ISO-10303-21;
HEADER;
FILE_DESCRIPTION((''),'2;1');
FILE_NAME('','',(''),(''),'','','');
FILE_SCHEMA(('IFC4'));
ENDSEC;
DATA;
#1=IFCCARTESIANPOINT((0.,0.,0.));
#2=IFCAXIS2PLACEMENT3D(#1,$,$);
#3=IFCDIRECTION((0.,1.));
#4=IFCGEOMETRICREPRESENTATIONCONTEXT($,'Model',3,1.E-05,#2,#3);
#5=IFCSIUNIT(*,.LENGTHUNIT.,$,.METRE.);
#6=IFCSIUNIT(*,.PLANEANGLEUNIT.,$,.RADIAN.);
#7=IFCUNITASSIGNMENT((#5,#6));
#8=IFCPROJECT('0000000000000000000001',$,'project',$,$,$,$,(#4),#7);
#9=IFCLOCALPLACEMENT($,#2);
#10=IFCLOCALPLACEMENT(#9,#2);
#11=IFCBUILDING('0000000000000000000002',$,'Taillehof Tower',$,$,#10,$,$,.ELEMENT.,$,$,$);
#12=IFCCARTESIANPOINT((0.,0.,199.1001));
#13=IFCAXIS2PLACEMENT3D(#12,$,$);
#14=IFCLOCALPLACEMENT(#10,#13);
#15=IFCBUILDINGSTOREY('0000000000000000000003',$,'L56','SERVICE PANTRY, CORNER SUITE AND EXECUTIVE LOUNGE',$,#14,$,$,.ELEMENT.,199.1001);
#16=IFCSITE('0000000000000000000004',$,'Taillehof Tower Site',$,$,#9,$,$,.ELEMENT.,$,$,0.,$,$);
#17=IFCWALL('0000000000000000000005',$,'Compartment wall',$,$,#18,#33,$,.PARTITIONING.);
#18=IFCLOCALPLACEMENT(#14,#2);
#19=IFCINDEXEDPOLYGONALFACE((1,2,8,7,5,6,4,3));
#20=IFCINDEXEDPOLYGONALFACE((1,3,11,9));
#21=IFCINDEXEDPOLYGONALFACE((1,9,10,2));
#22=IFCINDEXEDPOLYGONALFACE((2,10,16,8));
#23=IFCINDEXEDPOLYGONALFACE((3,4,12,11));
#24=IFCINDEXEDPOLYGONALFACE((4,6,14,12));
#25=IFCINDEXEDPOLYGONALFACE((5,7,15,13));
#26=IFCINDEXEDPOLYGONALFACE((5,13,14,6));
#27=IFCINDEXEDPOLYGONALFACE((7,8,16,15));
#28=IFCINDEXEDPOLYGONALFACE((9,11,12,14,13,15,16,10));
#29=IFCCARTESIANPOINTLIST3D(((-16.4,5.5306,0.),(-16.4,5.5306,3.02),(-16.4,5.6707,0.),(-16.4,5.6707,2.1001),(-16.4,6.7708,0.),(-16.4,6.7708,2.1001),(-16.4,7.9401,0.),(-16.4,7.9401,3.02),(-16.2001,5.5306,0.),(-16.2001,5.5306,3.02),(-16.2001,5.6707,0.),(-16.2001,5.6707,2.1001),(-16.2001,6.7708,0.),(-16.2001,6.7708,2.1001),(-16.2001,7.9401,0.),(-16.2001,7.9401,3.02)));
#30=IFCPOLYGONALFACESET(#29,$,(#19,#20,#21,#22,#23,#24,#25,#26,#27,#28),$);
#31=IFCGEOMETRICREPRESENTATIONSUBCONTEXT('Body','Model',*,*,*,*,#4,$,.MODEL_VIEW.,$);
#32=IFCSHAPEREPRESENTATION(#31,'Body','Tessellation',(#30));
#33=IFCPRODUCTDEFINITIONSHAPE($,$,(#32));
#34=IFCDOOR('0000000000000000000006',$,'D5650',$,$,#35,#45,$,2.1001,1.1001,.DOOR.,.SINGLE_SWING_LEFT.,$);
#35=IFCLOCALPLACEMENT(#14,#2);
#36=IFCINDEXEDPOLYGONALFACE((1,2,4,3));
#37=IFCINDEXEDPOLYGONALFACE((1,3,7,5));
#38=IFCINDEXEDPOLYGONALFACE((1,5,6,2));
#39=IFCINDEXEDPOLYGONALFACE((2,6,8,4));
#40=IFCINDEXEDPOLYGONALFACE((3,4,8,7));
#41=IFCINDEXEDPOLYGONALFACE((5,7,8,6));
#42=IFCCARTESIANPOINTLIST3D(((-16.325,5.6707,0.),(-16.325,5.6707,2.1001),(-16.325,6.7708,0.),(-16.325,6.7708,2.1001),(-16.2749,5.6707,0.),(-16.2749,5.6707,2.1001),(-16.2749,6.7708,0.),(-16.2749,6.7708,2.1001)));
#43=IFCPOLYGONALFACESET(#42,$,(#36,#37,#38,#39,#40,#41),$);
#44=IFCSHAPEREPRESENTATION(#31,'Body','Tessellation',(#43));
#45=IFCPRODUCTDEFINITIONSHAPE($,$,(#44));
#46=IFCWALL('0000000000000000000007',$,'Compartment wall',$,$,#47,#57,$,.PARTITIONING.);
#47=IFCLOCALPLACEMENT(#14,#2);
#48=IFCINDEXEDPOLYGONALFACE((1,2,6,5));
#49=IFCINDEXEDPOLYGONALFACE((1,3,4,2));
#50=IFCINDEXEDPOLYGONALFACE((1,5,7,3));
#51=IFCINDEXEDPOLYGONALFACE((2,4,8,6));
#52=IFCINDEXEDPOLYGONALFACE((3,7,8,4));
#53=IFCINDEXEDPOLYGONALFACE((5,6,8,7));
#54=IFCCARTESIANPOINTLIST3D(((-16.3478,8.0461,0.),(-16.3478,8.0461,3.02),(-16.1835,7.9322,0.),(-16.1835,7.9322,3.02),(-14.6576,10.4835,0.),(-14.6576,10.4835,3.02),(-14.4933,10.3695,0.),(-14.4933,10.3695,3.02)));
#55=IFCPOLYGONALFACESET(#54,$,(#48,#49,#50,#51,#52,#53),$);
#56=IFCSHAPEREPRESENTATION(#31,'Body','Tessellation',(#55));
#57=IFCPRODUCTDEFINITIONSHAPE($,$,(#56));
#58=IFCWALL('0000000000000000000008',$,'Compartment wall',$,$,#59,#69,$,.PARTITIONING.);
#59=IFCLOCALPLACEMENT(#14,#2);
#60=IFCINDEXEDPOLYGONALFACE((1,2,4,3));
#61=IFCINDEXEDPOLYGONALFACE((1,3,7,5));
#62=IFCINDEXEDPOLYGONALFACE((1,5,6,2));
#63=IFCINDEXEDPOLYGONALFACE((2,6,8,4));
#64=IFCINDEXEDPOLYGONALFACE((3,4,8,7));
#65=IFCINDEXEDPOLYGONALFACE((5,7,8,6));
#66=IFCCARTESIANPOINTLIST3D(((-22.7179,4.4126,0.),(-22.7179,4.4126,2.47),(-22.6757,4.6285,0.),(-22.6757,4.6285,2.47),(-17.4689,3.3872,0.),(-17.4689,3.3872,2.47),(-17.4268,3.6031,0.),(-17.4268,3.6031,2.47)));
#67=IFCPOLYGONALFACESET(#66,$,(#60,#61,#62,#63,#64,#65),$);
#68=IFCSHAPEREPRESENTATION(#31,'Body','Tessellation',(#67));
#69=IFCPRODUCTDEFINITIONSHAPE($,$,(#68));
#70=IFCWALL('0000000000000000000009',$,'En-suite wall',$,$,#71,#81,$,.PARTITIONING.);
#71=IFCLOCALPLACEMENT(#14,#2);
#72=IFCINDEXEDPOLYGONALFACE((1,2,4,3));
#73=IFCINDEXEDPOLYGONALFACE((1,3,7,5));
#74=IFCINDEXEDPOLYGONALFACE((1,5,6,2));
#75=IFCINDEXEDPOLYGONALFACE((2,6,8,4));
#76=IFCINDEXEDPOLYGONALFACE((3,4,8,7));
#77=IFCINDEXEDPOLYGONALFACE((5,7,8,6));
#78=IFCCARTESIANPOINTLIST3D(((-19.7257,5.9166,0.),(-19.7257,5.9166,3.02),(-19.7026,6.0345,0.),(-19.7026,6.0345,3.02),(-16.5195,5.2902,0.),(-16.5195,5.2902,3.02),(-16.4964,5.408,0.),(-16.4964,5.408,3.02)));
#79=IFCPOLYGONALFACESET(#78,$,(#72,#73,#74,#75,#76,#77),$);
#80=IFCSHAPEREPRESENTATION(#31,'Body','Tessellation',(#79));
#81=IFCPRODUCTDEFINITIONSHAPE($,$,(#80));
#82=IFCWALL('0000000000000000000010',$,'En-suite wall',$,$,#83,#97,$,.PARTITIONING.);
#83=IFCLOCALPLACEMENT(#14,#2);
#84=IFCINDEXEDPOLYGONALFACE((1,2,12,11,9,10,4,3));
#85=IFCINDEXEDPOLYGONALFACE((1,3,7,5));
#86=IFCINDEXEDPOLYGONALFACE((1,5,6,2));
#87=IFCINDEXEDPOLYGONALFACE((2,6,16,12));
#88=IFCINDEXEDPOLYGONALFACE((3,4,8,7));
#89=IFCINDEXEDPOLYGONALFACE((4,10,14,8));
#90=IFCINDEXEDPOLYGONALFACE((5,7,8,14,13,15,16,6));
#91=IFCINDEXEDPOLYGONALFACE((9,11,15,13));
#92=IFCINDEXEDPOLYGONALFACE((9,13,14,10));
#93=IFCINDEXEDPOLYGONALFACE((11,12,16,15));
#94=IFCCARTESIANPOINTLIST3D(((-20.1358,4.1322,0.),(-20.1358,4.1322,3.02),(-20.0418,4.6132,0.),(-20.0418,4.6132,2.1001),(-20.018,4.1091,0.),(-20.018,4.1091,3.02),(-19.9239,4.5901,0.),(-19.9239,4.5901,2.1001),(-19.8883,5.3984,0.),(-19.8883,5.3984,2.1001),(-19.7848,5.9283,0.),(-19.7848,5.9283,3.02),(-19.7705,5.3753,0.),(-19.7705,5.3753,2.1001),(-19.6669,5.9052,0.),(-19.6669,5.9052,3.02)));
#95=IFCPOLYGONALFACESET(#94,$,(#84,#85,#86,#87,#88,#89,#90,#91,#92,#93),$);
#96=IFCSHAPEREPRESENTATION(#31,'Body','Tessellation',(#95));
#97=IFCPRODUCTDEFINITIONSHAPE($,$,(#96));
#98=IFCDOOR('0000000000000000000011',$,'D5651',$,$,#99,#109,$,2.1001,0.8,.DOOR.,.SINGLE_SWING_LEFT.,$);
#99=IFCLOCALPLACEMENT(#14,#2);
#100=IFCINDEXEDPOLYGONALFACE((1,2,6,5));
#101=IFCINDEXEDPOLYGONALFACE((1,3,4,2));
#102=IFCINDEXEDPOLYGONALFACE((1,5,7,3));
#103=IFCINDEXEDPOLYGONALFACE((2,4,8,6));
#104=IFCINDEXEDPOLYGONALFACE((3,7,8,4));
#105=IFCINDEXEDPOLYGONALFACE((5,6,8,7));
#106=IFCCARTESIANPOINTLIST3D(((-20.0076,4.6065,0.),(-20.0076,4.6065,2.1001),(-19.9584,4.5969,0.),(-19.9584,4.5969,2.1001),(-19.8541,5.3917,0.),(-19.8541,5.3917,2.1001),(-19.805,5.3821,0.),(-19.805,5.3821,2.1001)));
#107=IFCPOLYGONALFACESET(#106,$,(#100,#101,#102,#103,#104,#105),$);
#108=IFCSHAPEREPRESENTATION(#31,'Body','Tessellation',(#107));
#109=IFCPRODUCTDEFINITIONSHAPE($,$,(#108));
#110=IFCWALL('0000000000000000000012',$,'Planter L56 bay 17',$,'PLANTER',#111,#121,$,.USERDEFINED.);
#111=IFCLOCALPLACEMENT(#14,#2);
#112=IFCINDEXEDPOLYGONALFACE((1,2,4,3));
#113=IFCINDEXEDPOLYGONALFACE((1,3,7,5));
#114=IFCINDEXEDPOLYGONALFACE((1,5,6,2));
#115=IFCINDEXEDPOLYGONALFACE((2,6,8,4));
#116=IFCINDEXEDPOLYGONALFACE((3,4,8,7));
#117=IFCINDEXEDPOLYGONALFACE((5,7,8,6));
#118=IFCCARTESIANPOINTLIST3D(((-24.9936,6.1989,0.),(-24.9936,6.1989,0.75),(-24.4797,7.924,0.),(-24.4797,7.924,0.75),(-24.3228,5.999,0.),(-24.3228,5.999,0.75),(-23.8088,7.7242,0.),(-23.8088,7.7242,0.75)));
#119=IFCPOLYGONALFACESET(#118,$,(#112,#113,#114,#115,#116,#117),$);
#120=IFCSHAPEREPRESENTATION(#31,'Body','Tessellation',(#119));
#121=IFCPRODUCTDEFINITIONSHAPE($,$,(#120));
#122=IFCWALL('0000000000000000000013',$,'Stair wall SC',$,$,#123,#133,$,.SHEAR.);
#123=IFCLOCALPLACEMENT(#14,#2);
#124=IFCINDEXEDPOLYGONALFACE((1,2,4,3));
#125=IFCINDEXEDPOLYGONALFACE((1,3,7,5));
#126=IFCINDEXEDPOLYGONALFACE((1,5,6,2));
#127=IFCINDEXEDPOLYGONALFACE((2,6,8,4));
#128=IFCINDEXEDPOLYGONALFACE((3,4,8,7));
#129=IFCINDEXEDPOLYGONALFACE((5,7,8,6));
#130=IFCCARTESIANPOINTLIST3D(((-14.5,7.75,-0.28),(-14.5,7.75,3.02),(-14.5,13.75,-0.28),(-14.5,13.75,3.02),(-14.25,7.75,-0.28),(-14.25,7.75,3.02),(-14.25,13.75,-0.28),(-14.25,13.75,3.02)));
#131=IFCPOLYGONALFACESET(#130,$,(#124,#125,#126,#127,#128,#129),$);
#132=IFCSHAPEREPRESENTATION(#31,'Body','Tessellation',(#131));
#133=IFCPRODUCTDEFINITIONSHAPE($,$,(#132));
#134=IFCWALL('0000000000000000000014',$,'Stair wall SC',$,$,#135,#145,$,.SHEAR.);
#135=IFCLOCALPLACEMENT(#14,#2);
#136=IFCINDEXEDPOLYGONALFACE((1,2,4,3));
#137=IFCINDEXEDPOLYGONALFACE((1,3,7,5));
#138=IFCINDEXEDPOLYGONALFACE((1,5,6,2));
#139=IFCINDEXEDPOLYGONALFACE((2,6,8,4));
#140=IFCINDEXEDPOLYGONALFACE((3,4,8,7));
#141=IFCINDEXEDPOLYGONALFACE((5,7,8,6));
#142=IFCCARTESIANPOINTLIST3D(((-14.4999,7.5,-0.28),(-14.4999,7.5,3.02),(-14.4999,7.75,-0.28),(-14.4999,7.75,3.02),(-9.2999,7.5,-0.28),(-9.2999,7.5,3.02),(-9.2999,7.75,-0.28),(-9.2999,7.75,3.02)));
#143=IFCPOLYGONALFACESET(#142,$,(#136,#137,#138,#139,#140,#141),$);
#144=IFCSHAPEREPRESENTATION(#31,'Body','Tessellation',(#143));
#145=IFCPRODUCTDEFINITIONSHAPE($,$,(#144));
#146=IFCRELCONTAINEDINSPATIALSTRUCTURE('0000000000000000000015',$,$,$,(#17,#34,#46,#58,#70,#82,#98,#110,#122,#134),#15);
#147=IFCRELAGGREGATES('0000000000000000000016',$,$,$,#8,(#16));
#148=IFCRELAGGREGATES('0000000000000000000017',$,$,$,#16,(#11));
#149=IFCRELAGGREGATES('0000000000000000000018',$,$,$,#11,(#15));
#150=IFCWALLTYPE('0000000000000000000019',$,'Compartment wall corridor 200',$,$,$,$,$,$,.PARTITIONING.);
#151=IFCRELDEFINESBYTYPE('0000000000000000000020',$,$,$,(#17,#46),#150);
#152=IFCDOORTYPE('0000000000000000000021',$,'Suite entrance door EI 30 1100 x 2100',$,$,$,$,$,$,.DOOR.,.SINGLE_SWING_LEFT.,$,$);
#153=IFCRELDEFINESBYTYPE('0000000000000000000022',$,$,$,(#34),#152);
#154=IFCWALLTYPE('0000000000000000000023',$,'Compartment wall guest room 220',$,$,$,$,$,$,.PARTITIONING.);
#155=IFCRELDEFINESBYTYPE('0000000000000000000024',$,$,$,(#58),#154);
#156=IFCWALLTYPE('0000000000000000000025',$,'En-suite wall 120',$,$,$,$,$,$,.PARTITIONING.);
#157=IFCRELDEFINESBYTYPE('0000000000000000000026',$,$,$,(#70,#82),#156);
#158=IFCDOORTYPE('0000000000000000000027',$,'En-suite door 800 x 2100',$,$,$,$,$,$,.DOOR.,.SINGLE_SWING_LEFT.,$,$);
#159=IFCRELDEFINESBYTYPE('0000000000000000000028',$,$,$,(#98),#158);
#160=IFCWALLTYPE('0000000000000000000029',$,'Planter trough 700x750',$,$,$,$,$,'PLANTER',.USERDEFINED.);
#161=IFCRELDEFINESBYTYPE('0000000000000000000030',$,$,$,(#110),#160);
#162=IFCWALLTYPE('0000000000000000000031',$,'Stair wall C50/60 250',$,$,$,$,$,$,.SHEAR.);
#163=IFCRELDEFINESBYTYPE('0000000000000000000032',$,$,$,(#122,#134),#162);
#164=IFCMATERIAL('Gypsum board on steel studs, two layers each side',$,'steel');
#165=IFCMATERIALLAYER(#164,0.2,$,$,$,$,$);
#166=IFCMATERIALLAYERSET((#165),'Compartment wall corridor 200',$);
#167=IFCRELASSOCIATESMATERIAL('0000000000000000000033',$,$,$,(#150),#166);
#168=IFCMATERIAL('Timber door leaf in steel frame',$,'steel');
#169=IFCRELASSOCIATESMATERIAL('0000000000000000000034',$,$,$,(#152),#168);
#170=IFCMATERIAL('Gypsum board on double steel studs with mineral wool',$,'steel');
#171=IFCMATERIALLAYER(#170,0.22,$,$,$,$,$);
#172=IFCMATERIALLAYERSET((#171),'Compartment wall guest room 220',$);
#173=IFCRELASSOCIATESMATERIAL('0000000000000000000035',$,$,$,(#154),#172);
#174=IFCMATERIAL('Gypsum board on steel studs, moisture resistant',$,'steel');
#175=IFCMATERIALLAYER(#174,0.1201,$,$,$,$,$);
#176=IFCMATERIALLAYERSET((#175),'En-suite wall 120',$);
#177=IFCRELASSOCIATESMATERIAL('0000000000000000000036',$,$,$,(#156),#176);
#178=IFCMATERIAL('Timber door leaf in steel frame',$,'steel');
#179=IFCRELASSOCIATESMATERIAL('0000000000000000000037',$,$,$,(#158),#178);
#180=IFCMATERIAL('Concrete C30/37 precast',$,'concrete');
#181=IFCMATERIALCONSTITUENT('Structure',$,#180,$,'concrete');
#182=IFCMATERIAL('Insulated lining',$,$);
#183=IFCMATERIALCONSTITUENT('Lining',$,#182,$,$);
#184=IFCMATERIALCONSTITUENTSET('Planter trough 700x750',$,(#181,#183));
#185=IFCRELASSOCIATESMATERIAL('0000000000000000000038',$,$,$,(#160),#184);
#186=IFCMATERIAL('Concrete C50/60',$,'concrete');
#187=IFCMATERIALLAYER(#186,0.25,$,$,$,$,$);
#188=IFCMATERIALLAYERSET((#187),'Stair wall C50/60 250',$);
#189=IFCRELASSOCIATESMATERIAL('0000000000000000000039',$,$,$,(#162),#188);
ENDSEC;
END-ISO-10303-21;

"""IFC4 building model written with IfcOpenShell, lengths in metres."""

from ifc_helpers import new_model, si_unit, direction, frame, frame_2d, origin, place, context, subcontext, project, spatial, rectangle, extrude, material, layer, layer_set, constituent, constituent_set, type_object, element, fill, save


model = new_model("IFC4")

# Units and contexts
model_context = context("Model", 3, precision=1e-05, world=origin(), true_north=direction((0.0, 1.0)))
body_context = subcontext(model_context, "Body", "Model", "MODEL_VIEW")
ifc_project = project(units=[si_unit("LENGTHUNIT", "METRE"), si_unit("PLANEANGLEUNIT", "RADIAN")], contexts=[model_context])

# Site, building, storey
site_placement = place(None, origin())
site = spatial("IfcSite", under=ifc_project, at=site_placement, Name="Taillehof Tower Site", CompositionType="ELEMENT", RefElevation=0.0)
building_placement = place(site_placement, origin())
building = spatial("IfcBuilding", under=site, at=building_placement, Name="Taillehof Tower", CompositionType="ELEMENT")
storey_placement = place(building_placement, frame((0.0, 0.0, 199.1001)))
storey = spatial("IfcBuildingStorey", under=building, at=storey_placement, Name="L56", Description="SERVICE PANTRY, CORNER SUITE AND EXECUTIVE LOUNGE", CompositionType="ELEMENT", Elevation=199.1001)

# Shared definitions
ifc_material_1 = material(Name="Gypsum board on steel studs, two layers each side", Category="steel")
ifc_layer_1 = layer(ifc_material_1, 0.2)
ifc_layer_set_1 = layer_set([ifc_layer_1], Name="Compartment wall corridor 200")
wall_type_1 = type_object("IfcWallType", Name="Compartment wall corridor 200", PredefinedType="PARTITIONING", material=ifc_layer_set_1)

# Wall, opening, door
wall_1_placement = place(storey_placement, frame((-16.3, 5.5308, 0.0), z_axis=(0.0, 0.0, 1.0), x_axis=(0.0, 1.0, 0.0)))
wall_1 = element("IfcWall", 1, at=wall_1_placement, inside=storey, type_object=wall_type_1, Name="Compartment wall", PredefinedType="PARTITIONING", context=body_context, shape_type="SweptSolid", body=[
    extrude(rectangle(XDim=2.4094, YDim=0.2, at=frame_2d((1.2046, 0.0))), origin(), (0.0, 0.0, 1.0), 3.02),
])
opening_1_placement = place(wall_1_placement, frame((0.1399, 0.0, 0.0)))
opening_1 = element("IfcOpeningElement", 2, at=opening_1_placement, cuts=wall_1, PredefinedType="OPENING", context=body_context, shape_type="SweptSolid", body=[
    extrude(rectangle(XDim=1.1001, YDim=2.1001, at=frame_2d((0.55, 1.05))), frame((0.0, 0.1099, 0.0), z_axis=(0.0, -1.0, 0.0), x_axis=(1.0, 0.0, 0.0)), (0.0, 0.0, 1.0), 0.22),
])
ifc_material_2 = material(Name="Timber door leaf in steel frame", Category="steel")
door_type_1 = type_object("IfcDoorType", Name="Suite entrance door EI 30 1100 x 2100", OperationType="SINGLE_SWING_LEFT", PredefinedType="DOOR", material=ifc_material_2)
door_1_placement = place(opening_1_placement, origin())
door_1 = element("IfcDoor", 3, at=door_1_placement, inside=storey, type_object=door_type_1, Name="D5650", OperationType="SINGLE_SWING_LEFT", OverallHeight=2.1001, OverallWidth=1.1001, PredefinedType="DOOR", context=body_context, shape_type="SweptSolid", body=[
    extrude(rectangle(XDim=1.1001, YDim=2.1001, at=frame_2d((0.55, 1.05))), frame((0.0, 0.0249, 0.0), z_axis=(0.0, -1.0, 0.0), x_axis=(1.0, 0.0, 0.0)), (0.0, 0.0, 1.0), 0.05),
])
fill(opening_1, door_1)

# Walls
wall_2_placement = place(storey_placement, frame((-16.2656, 7.9893, 0.0), z_axis=(0.0, 0.0, 1.0), x_axis=(0.56986, 0.821742, 0.0)))
element("IfcWall", 4, at=wall_2_placement, inside=storey, type_object=wall_type_1, Name="Compartment wall", PredefinedType="PARTITIONING", context=body_context, shape_type="SweptSolid", body=[
    extrude(rectangle(XDim=2.9661, YDim=0.2, at=frame_2d((1.4829, 0.0))), origin(), (0.0, 0.0, 1.0), 3.02),
])
ifc_material_3 = material(Name="Gypsum board on double steel studs with mineral wool", Category="steel")
ifc_layer_2 = layer(ifc_material_3, 0.22)
ifc_layer_set_2 = layer_set([ifc_layer_2], Name="Compartment wall guest room 220")
wall_type_2 = type_object("IfcWallType", Name="Compartment wall guest room 220", PredefinedType="PARTITIONING", material=ifc_layer_set_2)
wall_3_placement = place(storey_placement, frame((-22.6968, 4.5205, 0.0), z_axis=(0.0, 0.0, 1.0), x_axis=(0.981449, -0.191725, 0.0)))
element("IfcWall", 5, at=wall_3_placement, inside=storey, type_object=wall_type_2, Name="Compartment wall", PredefinedType="PARTITIONING", context=body_context, shape_type="SweptSolid", body=[
    extrude(rectangle(XDim=5.3481, YDim=0.22, at=frame_2d((2.6741, 0.0))), origin(), (0.0, 0.0, 1.0), 2.47),
])
ifc_material_4 = material(Name="Gypsum board on steel studs, moisture resistant", Category="steel")
ifc_layer_3 = layer(ifc_material_4, 0.1201)
ifc_layer_set_3 = layer_set([ifc_layer_3], Name="En-suite wall 120")
wall_type_3 = type_object("IfcWallType", Name="En-suite wall 120", PredefinedType="PARTITIONING", material=ifc_layer_set_3)
wall_4_placement = place(storey_placement, frame((-16.5081, 5.3491, 0.0), z_axis=(0.0, 0.0, 1.0), x_axis=(-0.981442, 0.19176, 0.0)))
element("IfcWall", 6, at=wall_4_placement, inside=storey, type_object=wall_type_3, Name="En-suite wall", PredefinedType="PARTITIONING", context=body_context, shape_type="SweptSolid", body=[
    extrude(rectangle(XDim=3.2668, YDim=0.1201, at=frame_2d((1.6333, 0.0))), origin(), (0.0, 0.0, 1.0), 3.02),
])

# Wall, opening, door
wall_5_placement = place(storey_placement, frame((-19.7258, 5.9167, 0.0), z_axis=(0.0, 0.0, 1.0), x_axis=(-0.19183, -0.981428, 0.0)))
wall_5 = element("IfcWall", 7, at=wall_5_placement, inside=storey, type_object=wall_type_3, Name="En-suite wall", PredefinedType="PARTITIONING", context=body_context, shape_type="SweptSolid", body=[
    extrude(rectangle(XDim=1.8301, YDim=0.1201, at=frame_2d((0.915, 0.0))), origin(), (0.0, 0.0, 1.0), 3.02),
])
opening_2_placement = place(wall_5_placement, frame((0.54, 0.0, 0.0)))
opening_2 = element("IfcOpeningElement", 8, at=opening_2_placement, cuts=wall_5, PredefinedType="OPENING", context=body_context, shape_type="SweptSolid", body=[
    extrude(rectangle(XDim=0.8, YDim=2.1001, at=frame_2d((0.3999, 1.05))), frame((0.0, 0.0701, 0.0), z_axis=(0.0, -1.0, 0.0), x_axis=(1.0, 0.0, 0.0)), (0.0, 0.0, 1.0), 0.1401),
])
ifc_material_5 = material(Name="Timber door leaf in steel frame", Category="steel")
door_type_2 = type_object("IfcDoorType", Name="En-suite door 800 x 2100", OperationType="SINGLE_SWING_LEFT", PredefinedType="DOOR", material=ifc_material_5)
door_2_placement = place(opening_2_placement, origin())
door_2 = element("IfcDoor", 9, at=door_2_placement, inside=storey, type_object=door_type_2, Name="D5651", OperationType="SINGLE_SWING_LEFT", OverallHeight=2.1001, OverallWidth=0.8, PredefinedType="DOOR", context=body_context, shape_type="SweptSolid", body=[
    extrude(rectangle(XDim=0.8, YDim=2.1001, at=frame_2d((0.3999, 1.05))), frame((0.0, 0.0249, 0.0), z_axis=(0.0, -1.0, 0.0), x_axis=(1.0, 0.0, 0.0)), (0.0, 0.0, 1.0), 0.05),
])
fill(opening_2, door_2)

# Walls
ifc_material_6 = material(Name="Concrete C30/37 precast", Category="concrete")
ifc_constituent_1 = constituent(ifc_material_6, Name="Structure", Category="concrete")
ifc_material_7 = material(Name="Insulated lining")
ifc_constituent_2 = constituent(ifc_material_7, Name="Lining")
ifc_constituent_set = constituent_set(constituents=[ifc_constituent_1, ifc_constituent_2], Name="Planter trough 700x750")
wall_type_4 = type_object("IfcWallType", Name="Planter trough 700x750", ElementType="PLANTER", PredefinedType="USERDEFINED", material=ifc_constituent_set)
wall_6_placement = place(storey_placement, frame((-24.1443, 7.824, 0.0), z_axis=(0.0, 0.0, 1.0), x_axis=(-0.285506, -0.958377, 0.0)))
element("IfcWall", 10, at=wall_6_placement, inside=storey, type_object=wall_type_4, Name="Planter L56 bay 17", ObjectType="PLANTER", PredefinedType="USERDEFINED", context=body_context, shape_type="SweptSolid", body=[
    extrude(rectangle(XDim=1.8, YDim=0.7, at=frame_2d((0.8999, 0.0))), origin(), (0.0, 0.0, 1.0), 0.75),
])
ifc_material_8 = material(Name="Concrete C50/60", Category="concrete")
ifc_layer_4 = layer(ifc_material_8, 0.25)
ifc_layer_set_4 = layer_set([ifc_layer_4], Name="Stair wall C50/60 250")
wall_type_5 = type_object("IfcWallType", Name="Stair wall C50/60 250", PredefinedType="SHEAR", material=ifc_layer_set_4)
wall_7_placement = place(storey_placement, frame((-14.375, 7.75, -0.28), z_axis=(0.0, 0.0, 1.0), x_axis=(0.0, 1.0, 0.0)))
element("IfcWall", 11, at=wall_7_placement, inside=storey, type_object=wall_type_5, Name="Stair wall SC", PredefinedType="SHEAR", context=body_context, shape_type="SweptSolid", body=[
    extrude(rectangle(XDim=6.0, YDim=0.25, at=frame_2d((3.0, 0.0))), origin(), (0.0, 0.0, 1.0), 3.3),
])
wall_8_placement = place(storey_placement, frame((-14.5, 7.625, -0.28), z_axis=(0.0, 0.0, 1.0), x_axis=(1.0, 0.0, 0.0)))
element("IfcWall", 12, at=wall_8_placement, inside=storey, type_object=wall_type_5, Name="Stair wall SC", PredefinedType="SHEAR", context=body_context, shape_type="SweptSolid", body=[
    extrude(rectangle(XDim=5.2, YDim=0.25, at=frame_2d((2.6001, 0.0))), origin(), (0.0, 0.0, 1.0), 3.3),
])

save(model, "model.ifc")
